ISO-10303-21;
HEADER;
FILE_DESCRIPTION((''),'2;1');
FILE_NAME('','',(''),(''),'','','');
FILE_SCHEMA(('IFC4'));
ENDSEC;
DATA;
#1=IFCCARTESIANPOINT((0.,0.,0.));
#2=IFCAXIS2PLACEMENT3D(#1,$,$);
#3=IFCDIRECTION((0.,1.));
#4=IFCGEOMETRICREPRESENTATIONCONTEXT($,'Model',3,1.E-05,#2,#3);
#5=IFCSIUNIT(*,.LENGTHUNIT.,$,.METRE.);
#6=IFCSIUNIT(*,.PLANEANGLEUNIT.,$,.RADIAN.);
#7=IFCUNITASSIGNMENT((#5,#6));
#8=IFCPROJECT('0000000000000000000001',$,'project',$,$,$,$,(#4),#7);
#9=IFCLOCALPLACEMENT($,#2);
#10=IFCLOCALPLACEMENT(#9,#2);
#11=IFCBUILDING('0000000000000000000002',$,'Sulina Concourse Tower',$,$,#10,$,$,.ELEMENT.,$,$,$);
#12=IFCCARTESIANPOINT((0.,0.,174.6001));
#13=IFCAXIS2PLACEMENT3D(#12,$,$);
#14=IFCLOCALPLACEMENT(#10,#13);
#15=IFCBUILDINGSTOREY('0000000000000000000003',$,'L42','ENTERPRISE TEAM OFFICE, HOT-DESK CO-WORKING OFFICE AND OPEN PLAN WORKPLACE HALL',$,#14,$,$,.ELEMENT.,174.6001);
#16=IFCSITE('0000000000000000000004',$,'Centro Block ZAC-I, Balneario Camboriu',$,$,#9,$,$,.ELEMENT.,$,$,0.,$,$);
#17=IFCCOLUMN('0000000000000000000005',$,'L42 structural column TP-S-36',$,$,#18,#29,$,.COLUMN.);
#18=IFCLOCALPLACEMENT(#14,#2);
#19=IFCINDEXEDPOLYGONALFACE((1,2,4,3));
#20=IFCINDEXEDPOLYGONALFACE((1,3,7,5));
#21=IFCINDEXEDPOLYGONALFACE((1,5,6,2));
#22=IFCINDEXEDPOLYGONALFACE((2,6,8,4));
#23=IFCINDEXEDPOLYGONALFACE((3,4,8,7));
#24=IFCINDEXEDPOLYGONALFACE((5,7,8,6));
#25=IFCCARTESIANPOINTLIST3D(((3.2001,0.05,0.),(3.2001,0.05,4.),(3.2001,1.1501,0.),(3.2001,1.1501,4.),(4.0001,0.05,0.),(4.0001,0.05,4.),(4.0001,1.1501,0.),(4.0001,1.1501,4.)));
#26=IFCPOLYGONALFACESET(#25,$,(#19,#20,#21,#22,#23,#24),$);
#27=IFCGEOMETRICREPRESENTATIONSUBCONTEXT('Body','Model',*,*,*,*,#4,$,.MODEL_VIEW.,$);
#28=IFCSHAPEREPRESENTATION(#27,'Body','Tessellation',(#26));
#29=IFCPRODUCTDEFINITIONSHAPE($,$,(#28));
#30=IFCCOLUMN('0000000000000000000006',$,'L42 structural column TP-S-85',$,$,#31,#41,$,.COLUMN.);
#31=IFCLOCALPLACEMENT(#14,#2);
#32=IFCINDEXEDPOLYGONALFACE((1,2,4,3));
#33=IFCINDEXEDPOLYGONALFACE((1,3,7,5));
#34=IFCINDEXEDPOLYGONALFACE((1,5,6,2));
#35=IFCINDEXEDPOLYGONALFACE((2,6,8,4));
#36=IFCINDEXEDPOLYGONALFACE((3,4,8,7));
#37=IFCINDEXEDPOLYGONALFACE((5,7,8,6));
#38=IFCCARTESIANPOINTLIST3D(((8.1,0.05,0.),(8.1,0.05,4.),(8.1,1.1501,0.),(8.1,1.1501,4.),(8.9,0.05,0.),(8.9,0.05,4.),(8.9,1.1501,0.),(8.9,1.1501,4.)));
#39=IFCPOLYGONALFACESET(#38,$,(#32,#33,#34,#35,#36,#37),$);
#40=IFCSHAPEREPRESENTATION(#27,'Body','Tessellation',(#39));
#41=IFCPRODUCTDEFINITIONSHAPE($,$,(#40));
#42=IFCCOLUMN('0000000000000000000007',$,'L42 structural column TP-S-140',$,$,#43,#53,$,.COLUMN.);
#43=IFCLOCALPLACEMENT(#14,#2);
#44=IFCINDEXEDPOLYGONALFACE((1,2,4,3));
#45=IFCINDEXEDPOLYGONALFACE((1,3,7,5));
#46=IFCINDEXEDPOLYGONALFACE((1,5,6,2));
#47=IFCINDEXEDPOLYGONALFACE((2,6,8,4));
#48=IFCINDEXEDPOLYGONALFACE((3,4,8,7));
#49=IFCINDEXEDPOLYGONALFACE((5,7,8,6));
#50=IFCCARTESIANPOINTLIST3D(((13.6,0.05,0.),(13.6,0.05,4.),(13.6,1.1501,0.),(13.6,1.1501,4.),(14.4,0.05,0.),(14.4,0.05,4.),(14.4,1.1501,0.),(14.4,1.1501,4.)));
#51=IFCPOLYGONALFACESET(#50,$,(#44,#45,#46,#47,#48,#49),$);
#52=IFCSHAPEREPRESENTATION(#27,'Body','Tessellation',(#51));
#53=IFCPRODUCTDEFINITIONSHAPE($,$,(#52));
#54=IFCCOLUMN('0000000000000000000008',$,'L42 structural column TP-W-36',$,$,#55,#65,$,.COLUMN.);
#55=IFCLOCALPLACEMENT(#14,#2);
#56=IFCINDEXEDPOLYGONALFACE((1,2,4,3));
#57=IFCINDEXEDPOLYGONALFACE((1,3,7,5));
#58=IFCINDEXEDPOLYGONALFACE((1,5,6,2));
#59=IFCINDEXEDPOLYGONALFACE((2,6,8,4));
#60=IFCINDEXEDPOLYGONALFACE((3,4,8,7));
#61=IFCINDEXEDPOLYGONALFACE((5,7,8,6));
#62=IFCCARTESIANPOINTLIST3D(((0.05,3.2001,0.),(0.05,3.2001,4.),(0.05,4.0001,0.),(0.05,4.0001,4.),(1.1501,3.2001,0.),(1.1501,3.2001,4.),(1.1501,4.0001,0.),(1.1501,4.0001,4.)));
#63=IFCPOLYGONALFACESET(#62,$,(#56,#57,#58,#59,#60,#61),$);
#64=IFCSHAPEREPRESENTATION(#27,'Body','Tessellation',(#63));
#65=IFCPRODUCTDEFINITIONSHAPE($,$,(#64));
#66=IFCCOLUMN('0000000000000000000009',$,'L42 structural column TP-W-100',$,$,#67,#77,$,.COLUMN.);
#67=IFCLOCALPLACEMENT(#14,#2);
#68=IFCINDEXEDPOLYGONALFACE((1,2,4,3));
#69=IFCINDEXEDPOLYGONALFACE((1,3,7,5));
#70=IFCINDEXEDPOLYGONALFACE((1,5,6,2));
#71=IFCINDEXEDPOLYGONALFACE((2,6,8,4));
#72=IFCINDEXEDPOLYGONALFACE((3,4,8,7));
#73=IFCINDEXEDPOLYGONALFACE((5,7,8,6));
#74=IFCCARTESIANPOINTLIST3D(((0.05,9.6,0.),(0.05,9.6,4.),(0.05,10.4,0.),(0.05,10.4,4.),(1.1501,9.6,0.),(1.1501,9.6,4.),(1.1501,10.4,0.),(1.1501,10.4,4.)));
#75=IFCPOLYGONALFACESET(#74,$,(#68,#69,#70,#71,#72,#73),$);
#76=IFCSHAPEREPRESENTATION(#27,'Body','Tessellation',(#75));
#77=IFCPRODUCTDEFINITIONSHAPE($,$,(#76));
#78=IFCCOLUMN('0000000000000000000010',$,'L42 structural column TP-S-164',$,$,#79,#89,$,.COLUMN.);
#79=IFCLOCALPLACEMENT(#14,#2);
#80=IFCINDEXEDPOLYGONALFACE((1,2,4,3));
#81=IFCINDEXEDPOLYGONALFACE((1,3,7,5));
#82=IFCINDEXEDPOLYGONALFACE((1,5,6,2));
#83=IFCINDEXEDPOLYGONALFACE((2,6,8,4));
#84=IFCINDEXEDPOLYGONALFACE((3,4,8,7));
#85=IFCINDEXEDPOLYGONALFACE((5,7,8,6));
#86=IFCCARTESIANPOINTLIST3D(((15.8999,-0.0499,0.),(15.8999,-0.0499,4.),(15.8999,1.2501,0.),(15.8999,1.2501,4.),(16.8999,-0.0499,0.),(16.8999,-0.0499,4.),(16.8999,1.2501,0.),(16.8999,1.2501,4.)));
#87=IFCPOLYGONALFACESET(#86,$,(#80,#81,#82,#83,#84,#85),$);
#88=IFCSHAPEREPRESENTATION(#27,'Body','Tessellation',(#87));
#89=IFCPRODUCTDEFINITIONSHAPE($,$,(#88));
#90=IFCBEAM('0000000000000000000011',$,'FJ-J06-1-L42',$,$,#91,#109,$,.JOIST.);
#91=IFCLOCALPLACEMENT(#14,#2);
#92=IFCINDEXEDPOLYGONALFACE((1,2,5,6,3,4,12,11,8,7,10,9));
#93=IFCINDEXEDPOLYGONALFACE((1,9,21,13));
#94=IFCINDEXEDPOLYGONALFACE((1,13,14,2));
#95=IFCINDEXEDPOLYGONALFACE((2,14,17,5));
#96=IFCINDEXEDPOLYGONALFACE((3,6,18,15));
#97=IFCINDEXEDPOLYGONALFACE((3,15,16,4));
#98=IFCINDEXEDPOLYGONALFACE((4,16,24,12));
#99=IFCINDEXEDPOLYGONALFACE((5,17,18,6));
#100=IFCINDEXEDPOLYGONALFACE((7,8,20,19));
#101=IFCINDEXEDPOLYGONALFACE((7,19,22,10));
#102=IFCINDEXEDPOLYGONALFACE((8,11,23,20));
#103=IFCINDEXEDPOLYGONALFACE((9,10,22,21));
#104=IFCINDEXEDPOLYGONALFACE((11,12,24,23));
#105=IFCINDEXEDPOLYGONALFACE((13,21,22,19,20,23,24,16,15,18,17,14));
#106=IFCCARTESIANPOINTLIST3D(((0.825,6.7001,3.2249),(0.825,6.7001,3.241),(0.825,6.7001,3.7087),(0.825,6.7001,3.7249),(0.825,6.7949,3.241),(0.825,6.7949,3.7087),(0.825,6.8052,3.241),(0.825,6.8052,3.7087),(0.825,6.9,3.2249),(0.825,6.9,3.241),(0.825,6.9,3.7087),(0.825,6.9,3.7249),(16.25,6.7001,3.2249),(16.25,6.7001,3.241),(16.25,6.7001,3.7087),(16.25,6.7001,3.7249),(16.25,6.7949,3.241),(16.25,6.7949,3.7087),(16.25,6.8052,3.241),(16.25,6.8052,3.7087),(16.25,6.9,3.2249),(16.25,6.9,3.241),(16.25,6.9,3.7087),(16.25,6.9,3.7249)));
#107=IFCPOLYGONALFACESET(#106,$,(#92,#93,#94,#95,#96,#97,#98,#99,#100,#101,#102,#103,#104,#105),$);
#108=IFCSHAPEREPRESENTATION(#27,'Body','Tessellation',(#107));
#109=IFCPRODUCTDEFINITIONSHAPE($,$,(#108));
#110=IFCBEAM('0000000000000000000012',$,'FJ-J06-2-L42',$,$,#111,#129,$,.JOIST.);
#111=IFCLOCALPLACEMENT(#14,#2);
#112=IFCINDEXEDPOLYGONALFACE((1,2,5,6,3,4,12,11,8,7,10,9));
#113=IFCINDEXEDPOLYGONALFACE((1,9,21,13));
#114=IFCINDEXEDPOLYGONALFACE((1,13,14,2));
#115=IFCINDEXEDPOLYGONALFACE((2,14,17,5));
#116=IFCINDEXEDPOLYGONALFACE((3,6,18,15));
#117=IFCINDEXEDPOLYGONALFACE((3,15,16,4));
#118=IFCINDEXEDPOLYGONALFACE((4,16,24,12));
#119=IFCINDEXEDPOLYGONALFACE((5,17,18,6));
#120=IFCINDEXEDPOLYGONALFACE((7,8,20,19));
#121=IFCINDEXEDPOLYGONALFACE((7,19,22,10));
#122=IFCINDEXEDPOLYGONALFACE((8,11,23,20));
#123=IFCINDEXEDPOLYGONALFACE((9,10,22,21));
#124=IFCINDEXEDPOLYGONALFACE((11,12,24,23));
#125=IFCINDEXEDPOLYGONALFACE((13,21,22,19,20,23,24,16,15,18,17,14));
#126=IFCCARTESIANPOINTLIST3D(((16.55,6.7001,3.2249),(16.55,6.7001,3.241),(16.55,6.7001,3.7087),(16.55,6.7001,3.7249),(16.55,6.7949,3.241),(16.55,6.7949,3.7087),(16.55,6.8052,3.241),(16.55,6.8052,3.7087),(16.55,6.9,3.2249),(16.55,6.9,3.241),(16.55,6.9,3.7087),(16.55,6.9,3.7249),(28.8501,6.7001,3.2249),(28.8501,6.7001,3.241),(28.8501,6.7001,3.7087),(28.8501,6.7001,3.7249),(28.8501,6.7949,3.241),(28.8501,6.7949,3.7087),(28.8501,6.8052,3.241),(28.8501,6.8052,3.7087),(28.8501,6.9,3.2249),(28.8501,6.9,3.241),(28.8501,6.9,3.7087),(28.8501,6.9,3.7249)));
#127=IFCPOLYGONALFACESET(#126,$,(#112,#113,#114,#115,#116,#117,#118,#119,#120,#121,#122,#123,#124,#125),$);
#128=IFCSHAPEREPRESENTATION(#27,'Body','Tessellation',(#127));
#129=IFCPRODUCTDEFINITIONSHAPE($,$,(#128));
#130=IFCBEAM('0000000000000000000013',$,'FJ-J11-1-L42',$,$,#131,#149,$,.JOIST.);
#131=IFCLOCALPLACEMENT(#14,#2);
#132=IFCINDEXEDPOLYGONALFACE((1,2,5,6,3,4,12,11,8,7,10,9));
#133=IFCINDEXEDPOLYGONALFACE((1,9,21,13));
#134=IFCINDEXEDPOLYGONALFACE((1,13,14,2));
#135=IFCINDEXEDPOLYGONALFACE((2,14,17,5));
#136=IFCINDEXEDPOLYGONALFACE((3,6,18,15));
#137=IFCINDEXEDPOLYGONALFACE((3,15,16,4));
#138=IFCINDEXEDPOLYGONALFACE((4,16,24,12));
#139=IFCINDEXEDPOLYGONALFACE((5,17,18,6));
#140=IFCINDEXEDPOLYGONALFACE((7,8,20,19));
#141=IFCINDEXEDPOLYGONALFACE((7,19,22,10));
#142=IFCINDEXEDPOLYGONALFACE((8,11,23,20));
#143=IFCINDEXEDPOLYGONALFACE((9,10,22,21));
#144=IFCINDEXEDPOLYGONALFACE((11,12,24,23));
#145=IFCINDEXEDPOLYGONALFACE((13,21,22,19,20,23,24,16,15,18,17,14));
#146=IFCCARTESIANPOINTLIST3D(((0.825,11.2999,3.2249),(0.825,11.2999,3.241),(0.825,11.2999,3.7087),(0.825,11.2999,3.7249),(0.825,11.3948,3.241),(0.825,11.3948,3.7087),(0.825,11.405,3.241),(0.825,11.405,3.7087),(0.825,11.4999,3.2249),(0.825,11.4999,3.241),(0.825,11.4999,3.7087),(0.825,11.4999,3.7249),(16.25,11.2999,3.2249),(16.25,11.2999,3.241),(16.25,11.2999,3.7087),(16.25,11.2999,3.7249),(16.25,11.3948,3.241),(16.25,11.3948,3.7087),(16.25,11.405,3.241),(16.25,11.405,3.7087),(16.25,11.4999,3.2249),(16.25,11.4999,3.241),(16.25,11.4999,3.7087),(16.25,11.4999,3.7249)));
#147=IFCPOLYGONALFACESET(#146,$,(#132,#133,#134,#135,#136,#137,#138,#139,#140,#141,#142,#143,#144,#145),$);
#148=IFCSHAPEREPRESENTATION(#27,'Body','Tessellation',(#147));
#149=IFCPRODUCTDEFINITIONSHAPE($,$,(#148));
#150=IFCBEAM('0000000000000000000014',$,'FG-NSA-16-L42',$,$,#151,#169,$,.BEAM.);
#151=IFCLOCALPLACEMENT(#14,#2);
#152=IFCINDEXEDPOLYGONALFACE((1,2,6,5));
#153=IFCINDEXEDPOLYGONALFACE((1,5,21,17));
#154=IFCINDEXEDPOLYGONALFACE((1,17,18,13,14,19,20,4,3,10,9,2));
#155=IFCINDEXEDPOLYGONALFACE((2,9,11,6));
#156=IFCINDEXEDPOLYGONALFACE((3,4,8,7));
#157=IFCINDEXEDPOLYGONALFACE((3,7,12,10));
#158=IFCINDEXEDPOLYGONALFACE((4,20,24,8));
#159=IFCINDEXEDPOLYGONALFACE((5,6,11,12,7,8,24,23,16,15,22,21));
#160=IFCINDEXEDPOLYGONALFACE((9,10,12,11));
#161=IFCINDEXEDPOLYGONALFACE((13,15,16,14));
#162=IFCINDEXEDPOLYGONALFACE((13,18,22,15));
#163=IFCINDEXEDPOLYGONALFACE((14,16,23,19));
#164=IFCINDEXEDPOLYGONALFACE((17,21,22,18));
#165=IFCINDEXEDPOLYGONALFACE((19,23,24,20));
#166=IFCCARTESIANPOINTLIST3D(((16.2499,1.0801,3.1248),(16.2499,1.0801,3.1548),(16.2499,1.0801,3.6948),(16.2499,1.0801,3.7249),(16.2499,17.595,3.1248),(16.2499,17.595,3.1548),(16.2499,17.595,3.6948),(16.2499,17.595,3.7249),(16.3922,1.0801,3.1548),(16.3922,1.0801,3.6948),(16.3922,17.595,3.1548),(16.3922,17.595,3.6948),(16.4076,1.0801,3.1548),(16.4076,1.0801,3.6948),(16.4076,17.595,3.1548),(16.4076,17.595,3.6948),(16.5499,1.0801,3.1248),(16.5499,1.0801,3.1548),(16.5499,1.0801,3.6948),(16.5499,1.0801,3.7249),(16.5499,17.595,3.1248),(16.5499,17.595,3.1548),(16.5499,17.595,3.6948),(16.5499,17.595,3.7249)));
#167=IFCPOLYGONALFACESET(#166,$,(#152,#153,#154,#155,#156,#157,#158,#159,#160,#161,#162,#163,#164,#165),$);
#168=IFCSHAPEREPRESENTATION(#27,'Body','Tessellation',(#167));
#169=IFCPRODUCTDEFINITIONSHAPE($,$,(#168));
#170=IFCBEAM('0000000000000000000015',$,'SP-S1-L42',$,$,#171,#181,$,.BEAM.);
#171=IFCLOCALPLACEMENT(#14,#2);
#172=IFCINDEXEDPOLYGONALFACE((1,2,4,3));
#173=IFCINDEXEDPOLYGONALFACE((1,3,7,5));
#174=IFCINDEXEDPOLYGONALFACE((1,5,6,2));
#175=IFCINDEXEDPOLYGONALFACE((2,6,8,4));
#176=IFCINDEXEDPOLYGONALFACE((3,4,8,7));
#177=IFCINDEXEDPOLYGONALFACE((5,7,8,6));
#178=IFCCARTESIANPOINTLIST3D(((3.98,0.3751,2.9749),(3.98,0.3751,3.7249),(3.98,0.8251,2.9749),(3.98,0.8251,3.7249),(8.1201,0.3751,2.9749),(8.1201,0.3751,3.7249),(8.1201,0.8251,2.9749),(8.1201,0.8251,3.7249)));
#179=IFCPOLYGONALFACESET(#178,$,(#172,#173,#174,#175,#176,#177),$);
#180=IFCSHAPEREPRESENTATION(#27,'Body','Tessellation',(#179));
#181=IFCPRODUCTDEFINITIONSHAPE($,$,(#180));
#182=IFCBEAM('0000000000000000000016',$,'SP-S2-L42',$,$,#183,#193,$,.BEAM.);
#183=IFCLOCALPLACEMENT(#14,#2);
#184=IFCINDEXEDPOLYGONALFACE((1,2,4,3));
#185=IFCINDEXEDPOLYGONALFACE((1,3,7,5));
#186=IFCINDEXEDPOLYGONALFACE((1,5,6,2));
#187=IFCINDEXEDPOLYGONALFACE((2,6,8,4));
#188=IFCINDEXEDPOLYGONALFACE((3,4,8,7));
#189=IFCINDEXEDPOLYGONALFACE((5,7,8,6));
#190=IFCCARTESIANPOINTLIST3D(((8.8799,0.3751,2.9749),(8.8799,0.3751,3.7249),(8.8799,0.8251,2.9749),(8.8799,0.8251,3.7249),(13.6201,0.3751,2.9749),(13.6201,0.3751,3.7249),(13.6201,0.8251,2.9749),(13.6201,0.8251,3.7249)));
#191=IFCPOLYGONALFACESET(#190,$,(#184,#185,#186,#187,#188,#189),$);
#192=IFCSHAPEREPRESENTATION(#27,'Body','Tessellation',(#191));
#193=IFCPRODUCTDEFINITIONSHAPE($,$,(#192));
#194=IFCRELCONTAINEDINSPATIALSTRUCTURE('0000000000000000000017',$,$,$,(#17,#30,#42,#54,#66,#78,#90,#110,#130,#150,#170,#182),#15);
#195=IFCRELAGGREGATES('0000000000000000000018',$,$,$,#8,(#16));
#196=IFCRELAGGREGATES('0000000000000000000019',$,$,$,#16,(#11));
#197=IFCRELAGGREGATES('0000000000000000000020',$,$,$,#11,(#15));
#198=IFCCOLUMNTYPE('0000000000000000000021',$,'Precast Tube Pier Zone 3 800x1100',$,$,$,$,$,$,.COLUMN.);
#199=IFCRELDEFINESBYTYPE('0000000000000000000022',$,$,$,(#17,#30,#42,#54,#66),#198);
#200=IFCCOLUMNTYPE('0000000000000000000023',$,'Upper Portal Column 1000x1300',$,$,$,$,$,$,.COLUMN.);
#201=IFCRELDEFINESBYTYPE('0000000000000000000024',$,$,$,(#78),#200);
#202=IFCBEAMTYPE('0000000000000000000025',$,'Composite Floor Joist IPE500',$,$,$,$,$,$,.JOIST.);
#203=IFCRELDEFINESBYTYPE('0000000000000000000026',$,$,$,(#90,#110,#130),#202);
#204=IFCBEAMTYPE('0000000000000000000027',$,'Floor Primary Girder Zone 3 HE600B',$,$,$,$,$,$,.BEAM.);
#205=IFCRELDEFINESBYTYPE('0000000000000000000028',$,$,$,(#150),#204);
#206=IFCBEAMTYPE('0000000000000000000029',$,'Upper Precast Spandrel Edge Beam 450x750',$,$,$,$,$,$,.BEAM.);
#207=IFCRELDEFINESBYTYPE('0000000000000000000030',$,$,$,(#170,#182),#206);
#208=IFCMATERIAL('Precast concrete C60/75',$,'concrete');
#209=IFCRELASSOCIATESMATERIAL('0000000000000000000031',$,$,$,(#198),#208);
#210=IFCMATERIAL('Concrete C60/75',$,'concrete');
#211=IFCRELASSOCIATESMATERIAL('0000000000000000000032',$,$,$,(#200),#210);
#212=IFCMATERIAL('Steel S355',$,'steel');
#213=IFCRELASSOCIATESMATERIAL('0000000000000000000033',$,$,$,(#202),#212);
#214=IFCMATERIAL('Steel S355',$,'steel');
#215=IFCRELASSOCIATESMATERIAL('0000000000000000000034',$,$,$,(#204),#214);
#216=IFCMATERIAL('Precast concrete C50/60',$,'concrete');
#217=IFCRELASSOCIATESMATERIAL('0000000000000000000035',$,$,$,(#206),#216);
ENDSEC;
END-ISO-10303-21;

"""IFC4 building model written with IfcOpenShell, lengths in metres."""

from ifc_helpers import new_model, si_unit, direction, frame, origin, origin_2d, place, context, subcontext, project, spatial, rectangle, i_section, extrude, material, material_profile, profile_set, type_object, element, save


model = new_model("IFC4")

# Units and contexts
model_context = context("Model", 3, precision=1e-05, world=origin(), true_north=direction((0.0, 1.0)))
body_context = subcontext(model_context, "Body", "Model", "MODEL_VIEW")
ifc_project = project(units=[si_unit("LENGTHUNIT", "METRE"), si_unit("PLANEANGLEUNIT", "RADIAN")], contexts=[model_context])

# Site, building, storey
site_placement = place(None, origin())
site = spatial("IfcSite", under=ifc_project, at=site_placement, Name="Centro Block ZAC-I, Balneario Camboriu", CompositionType="ELEMENT", RefElevation=0.0)
building_placement = place(site_placement, origin())
building = spatial("IfcBuilding", under=site, at=building_placement, Name="Sulina Concourse Tower", CompositionType="ELEMENT")
storey_placement = place(building_placement, frame((0.0, 0.0, 174.6001)))
storey = spatial("IfcBuildingStorey", under=building, at=storey_placement, Name="L42", Description="ENTERPRISE TEAM OFFICE, HOT-DESK CO-WORKING OFFICE AND OPEN PLAN WORKPLACE HALL", CompositionType="ELEMENT", Elevation=174.6001)

# Columns
ifc_material_1 = material(Name="Precast concrete C60/75", Category="concrete")
ifc_material_profile_1 = material_profile(ifc_material_1, rectangle(XDim=0.8, YDim=1.1001, at=origin_2d()), Name="PC 800x1100")
ifc_profile_set_1 = profile_set([ifc_material_profile_1], Name="Precast concrete C60/75")
column_type_1 = type_object("IfcColumnType", Name="Precast Tube Pier Zone 3 800x1100", PredefinedType="COLUMN", material=ifc_profile_set_1)
for number, where, z_axis, x_axis, name in (
    (1, (3.6001, 0.6001, 0.0), (0.0, 0.0, 1.0), (1.0, 0.0, 0.0), "L42 structural column TP-S-36"),
    (2, (8.5, 0.6001, 0.0), (0.0, 0.0, 1.0), (1.0, 0.0, 0.0), "L42 structural column TP-S-85"),
    (3, (14.0, 0.6001, 0.0), (0.0, 0.0, 1.0), (1.0, 0.0, 0.0), "L42 structural column TP-S-140"),
    (4, (0.6001, 3.6001, 0.0), (0.0, 0.0, 1.0), (0.0, 1.0, 0.0), "L42 structural column TP-W-36"),
    (5, (0.6001, 10.0, 0.0), (0.0, 0.0, 1.0), (0.0, 1.0, 0.0), "L42 structural column TP-W-100"),
):
    element("IfcColumn", number, at=place(storey_placement, frame(where, z_axis=z_axis, x_axis=x_axis)), inside=storey, type_object=column_type_1, Name=name, PredefinedType="COLUMN", context=body_context, shape_type="SweptSolid", body=[
        extrude(rectangle(XDim=0.8, YDim=1.1001, at=origin_2d()), origin(), (0.0, 0.0, 1.0), 4.0),
    ])
ifc_material_2 = material(Name="Concrete C60/75", Category="concrete")
ifc_material_profile_2 = material_profile(ifc_material_2, rectangle(XDim=1.0, YDim=1.3, at=origin_2d()), Name="RC 1000x1300")
ifc_profile_set_2 = profile_set([ifc_material_profile_2], Name="Concrete C60/75")
column_type_2 = type_object("IfcColumnType", Name="Upper Portal Column 1000x1300", PredefinedType="COLUMN", material=ifc_profile_set_2)
column_placement = place(storey_placement, frame((16.3999, 0.6001, 0.0), z_axis=(0.0, 0.0, 1.0), x_axis=(1.0, 0.0, 0.0)))
element("IfcColumn", 6, at=column_placement, inside=storey, type_object=column_type_2, Name="L42 structural column TP-S-164", PredefinedType="COLUMN", context=body_context, shape_type="SweptSolid", body=[
    extrude(rectangle(XDim=1.0, YDim=1.3, at=origin_2d()), origin(), (0.0, 0.0, 1.0), 4.0),
])

# Beams
ifc_material_3 = material(Name="Steel S355", Category="steel")
ifc_material_profile_3 = material_profile(ifc_material_3, i_section(OverallWidth=0.2, OverallDepth=0.5, WebThickness=0.0103, FlangeThickness=0.0161, at=origin_2d()), Name="IPE 500")
ifc_profile_set_3 = profile_set([ifc_material_profile_3], Name="Steel S355")
beam_type_1 = type_object("IfcBeamType", Name="Composite Floor Joist IPE500", PredefinedType="JOIST", material=ifc_profile_set_3)
beam_1_placement = place(storey_placement, frame((0.825, 6.8, 3.4749), z_axis=(1.0, 0.0, 0.0), x_axis=(0.0, 1.0, 0.0)))
element("IfcBeam", 7, at=beam_1_placement, inside=storey, type_object=beam_type_1, Name="FJ-J06-1-L42", PredefinedType="JOIST", context=body_context, shape_type="SweptSolid", body=[
    extrude(i_section(OverallWidth=0.2, OverallDepth=0.5, WebThickness=0.0103, FlangeThickness=0.0161, at=origin_2d()), origin(), (0.0, 0.0, 1.0), 15.425),
])
beam_2_placement = place(storey_placement, frame((16.55, 6.8, 3.4749), z_axis=(1.0, 0.0, 0.0), x_axis=(0.0, 1.0, 0.0)))
element("IfcBeam", 8, at=beam_2_placement, inside=storey, type_object=beam_type_1, Name="FJ-J06-2-L42", PredefinedType="JOIST", context=body_context, shape_type="SweptSolid", body=[
    extrude(i_section(OverallWidth=0.2, OverallDepth=0.5, WebThickness=0.0103, FlangeThickness=0.0161, at=origin_2d()), origin(), (0.0, 0.0, 1.0), 12.3),
])
beam_3_placement = place(storey_placement, frame((0.825, 11.3999, 3.4749), z_axis=(1.0, 0.0, 0.0), x_axis=(0.0, 1.0, 0.0)))
element("IfcBeam", 9, at=beam_3_placement, inside=storey, type_object=beam_type_1, Name="FJ-J11-1-L42", PredefinedType="JOIST", context=body_context, shape_type="SweptSolid", body=[
    extrude(i_section(OverallWidth=0.2, OverallDepth=0.5, WebThickness=0.0103, FlangeThickness=0.0161, at=origin_2d()), origin(), (0.0, 0.0, 1.0), 15.425),
])
ifc_material_4 = material(Name="Steel S355", Category="steel")
ifc_material_profile_4 = material_profile(ifc_material_4, i_section(OverallWidth=0.3, OverallDepth=0.6001, WebThickness=0.0154, FlangeThickness=0.03, at=origin_2d()), Name="HE 600 B")
ifc_profile_set_4 = profile_set([ifc_material_profile_4], Name="Steel S355")
beam_type_2 = type_object("IfcBeamType", Name="Floor Primary Girder Zone 3 HE600B", PredefinedType="BEAM", material=ifc_profile_set_4)
beam_4_placement = place(storey_placement, frame((16.3999, 1.0801, 3.4248), z_axis=(0.0, 1.0, 0.0), x_axis=(-1.0, 0.0, 0.0)))
element("IfcBeam", 10, at=beam_4_placement, inside=storey, type_object=beam_type_2, Name="FG-NSA-16-L42", PredefinedType="BEAM", context=body_context, shape_type="SweptSolid", body=[
    extrude(i_section(OverallWidth=0.3, OverallDepth=0.6001, WebThickness=0.0154, FlangeThickness=0.03, at=origin_2d()), origin(), (0.0, 0.0, 1.0), 16.5149),
])
ifc_material_5 = material(Name="Precast concrete C50/60", Category="concrete")
ifc_material_profile_5 = material_profile(ifc_material_5, rectangle(XDim=0.45, YDim=0.75, at=origin_2d()), Name="RC 450x750")
ifc_profile_set_5 = profile_set([ifc_material_profile_5], Name="Precast concrete C50/60")
beam_type_3 = type_object("IfcBeamType", Name="Upper Precast Spandrel Edge Beam 450x750", PredefinedType="BEAM", material=ifc_profile_set_5)
beam_5_placement = place(storey_placement, frame((3.98, 0.6001, 3.3499), z_axis=(1.0, 0.0, 0.0), x_axis=(0.0, 1.0, 0.0)))
element("IfcBeam", 11, at=beam_5_placement, inside=storey, type_object=beam_type_3, Name="SP-S1-L42", PredefinedType="BEAM", context=body_context, shape_type="SweptSolid", body=[
    extrude(rectangle(XDim=0.45, YDim=0.75, at=origin_2d()), origin(), (0.0, 0.0, 1.0), 4.1401),
])
beam_6_placement = place(storey_placement, frame((8.8799, 0.6001, 3.3499), z_axis=(1.0, 0.0, 0.0), x_axis=(0.0, 1.0, 0.0)))
element("IfcBeam", 12, at=beam_6_placement, inside=storey, type_object=beam_type_3, Name="SP-S2-L42", PredefinedType="BEAM", context=body_context, shape_type="SweptSolid", body=[
    extrude(rectangle(XDim=0.45, YDim=0.75, at=origin_2d()), origin(), (0.0, 0.0, 1.0), 4.7402),
])

save(model, "model.ifc")
